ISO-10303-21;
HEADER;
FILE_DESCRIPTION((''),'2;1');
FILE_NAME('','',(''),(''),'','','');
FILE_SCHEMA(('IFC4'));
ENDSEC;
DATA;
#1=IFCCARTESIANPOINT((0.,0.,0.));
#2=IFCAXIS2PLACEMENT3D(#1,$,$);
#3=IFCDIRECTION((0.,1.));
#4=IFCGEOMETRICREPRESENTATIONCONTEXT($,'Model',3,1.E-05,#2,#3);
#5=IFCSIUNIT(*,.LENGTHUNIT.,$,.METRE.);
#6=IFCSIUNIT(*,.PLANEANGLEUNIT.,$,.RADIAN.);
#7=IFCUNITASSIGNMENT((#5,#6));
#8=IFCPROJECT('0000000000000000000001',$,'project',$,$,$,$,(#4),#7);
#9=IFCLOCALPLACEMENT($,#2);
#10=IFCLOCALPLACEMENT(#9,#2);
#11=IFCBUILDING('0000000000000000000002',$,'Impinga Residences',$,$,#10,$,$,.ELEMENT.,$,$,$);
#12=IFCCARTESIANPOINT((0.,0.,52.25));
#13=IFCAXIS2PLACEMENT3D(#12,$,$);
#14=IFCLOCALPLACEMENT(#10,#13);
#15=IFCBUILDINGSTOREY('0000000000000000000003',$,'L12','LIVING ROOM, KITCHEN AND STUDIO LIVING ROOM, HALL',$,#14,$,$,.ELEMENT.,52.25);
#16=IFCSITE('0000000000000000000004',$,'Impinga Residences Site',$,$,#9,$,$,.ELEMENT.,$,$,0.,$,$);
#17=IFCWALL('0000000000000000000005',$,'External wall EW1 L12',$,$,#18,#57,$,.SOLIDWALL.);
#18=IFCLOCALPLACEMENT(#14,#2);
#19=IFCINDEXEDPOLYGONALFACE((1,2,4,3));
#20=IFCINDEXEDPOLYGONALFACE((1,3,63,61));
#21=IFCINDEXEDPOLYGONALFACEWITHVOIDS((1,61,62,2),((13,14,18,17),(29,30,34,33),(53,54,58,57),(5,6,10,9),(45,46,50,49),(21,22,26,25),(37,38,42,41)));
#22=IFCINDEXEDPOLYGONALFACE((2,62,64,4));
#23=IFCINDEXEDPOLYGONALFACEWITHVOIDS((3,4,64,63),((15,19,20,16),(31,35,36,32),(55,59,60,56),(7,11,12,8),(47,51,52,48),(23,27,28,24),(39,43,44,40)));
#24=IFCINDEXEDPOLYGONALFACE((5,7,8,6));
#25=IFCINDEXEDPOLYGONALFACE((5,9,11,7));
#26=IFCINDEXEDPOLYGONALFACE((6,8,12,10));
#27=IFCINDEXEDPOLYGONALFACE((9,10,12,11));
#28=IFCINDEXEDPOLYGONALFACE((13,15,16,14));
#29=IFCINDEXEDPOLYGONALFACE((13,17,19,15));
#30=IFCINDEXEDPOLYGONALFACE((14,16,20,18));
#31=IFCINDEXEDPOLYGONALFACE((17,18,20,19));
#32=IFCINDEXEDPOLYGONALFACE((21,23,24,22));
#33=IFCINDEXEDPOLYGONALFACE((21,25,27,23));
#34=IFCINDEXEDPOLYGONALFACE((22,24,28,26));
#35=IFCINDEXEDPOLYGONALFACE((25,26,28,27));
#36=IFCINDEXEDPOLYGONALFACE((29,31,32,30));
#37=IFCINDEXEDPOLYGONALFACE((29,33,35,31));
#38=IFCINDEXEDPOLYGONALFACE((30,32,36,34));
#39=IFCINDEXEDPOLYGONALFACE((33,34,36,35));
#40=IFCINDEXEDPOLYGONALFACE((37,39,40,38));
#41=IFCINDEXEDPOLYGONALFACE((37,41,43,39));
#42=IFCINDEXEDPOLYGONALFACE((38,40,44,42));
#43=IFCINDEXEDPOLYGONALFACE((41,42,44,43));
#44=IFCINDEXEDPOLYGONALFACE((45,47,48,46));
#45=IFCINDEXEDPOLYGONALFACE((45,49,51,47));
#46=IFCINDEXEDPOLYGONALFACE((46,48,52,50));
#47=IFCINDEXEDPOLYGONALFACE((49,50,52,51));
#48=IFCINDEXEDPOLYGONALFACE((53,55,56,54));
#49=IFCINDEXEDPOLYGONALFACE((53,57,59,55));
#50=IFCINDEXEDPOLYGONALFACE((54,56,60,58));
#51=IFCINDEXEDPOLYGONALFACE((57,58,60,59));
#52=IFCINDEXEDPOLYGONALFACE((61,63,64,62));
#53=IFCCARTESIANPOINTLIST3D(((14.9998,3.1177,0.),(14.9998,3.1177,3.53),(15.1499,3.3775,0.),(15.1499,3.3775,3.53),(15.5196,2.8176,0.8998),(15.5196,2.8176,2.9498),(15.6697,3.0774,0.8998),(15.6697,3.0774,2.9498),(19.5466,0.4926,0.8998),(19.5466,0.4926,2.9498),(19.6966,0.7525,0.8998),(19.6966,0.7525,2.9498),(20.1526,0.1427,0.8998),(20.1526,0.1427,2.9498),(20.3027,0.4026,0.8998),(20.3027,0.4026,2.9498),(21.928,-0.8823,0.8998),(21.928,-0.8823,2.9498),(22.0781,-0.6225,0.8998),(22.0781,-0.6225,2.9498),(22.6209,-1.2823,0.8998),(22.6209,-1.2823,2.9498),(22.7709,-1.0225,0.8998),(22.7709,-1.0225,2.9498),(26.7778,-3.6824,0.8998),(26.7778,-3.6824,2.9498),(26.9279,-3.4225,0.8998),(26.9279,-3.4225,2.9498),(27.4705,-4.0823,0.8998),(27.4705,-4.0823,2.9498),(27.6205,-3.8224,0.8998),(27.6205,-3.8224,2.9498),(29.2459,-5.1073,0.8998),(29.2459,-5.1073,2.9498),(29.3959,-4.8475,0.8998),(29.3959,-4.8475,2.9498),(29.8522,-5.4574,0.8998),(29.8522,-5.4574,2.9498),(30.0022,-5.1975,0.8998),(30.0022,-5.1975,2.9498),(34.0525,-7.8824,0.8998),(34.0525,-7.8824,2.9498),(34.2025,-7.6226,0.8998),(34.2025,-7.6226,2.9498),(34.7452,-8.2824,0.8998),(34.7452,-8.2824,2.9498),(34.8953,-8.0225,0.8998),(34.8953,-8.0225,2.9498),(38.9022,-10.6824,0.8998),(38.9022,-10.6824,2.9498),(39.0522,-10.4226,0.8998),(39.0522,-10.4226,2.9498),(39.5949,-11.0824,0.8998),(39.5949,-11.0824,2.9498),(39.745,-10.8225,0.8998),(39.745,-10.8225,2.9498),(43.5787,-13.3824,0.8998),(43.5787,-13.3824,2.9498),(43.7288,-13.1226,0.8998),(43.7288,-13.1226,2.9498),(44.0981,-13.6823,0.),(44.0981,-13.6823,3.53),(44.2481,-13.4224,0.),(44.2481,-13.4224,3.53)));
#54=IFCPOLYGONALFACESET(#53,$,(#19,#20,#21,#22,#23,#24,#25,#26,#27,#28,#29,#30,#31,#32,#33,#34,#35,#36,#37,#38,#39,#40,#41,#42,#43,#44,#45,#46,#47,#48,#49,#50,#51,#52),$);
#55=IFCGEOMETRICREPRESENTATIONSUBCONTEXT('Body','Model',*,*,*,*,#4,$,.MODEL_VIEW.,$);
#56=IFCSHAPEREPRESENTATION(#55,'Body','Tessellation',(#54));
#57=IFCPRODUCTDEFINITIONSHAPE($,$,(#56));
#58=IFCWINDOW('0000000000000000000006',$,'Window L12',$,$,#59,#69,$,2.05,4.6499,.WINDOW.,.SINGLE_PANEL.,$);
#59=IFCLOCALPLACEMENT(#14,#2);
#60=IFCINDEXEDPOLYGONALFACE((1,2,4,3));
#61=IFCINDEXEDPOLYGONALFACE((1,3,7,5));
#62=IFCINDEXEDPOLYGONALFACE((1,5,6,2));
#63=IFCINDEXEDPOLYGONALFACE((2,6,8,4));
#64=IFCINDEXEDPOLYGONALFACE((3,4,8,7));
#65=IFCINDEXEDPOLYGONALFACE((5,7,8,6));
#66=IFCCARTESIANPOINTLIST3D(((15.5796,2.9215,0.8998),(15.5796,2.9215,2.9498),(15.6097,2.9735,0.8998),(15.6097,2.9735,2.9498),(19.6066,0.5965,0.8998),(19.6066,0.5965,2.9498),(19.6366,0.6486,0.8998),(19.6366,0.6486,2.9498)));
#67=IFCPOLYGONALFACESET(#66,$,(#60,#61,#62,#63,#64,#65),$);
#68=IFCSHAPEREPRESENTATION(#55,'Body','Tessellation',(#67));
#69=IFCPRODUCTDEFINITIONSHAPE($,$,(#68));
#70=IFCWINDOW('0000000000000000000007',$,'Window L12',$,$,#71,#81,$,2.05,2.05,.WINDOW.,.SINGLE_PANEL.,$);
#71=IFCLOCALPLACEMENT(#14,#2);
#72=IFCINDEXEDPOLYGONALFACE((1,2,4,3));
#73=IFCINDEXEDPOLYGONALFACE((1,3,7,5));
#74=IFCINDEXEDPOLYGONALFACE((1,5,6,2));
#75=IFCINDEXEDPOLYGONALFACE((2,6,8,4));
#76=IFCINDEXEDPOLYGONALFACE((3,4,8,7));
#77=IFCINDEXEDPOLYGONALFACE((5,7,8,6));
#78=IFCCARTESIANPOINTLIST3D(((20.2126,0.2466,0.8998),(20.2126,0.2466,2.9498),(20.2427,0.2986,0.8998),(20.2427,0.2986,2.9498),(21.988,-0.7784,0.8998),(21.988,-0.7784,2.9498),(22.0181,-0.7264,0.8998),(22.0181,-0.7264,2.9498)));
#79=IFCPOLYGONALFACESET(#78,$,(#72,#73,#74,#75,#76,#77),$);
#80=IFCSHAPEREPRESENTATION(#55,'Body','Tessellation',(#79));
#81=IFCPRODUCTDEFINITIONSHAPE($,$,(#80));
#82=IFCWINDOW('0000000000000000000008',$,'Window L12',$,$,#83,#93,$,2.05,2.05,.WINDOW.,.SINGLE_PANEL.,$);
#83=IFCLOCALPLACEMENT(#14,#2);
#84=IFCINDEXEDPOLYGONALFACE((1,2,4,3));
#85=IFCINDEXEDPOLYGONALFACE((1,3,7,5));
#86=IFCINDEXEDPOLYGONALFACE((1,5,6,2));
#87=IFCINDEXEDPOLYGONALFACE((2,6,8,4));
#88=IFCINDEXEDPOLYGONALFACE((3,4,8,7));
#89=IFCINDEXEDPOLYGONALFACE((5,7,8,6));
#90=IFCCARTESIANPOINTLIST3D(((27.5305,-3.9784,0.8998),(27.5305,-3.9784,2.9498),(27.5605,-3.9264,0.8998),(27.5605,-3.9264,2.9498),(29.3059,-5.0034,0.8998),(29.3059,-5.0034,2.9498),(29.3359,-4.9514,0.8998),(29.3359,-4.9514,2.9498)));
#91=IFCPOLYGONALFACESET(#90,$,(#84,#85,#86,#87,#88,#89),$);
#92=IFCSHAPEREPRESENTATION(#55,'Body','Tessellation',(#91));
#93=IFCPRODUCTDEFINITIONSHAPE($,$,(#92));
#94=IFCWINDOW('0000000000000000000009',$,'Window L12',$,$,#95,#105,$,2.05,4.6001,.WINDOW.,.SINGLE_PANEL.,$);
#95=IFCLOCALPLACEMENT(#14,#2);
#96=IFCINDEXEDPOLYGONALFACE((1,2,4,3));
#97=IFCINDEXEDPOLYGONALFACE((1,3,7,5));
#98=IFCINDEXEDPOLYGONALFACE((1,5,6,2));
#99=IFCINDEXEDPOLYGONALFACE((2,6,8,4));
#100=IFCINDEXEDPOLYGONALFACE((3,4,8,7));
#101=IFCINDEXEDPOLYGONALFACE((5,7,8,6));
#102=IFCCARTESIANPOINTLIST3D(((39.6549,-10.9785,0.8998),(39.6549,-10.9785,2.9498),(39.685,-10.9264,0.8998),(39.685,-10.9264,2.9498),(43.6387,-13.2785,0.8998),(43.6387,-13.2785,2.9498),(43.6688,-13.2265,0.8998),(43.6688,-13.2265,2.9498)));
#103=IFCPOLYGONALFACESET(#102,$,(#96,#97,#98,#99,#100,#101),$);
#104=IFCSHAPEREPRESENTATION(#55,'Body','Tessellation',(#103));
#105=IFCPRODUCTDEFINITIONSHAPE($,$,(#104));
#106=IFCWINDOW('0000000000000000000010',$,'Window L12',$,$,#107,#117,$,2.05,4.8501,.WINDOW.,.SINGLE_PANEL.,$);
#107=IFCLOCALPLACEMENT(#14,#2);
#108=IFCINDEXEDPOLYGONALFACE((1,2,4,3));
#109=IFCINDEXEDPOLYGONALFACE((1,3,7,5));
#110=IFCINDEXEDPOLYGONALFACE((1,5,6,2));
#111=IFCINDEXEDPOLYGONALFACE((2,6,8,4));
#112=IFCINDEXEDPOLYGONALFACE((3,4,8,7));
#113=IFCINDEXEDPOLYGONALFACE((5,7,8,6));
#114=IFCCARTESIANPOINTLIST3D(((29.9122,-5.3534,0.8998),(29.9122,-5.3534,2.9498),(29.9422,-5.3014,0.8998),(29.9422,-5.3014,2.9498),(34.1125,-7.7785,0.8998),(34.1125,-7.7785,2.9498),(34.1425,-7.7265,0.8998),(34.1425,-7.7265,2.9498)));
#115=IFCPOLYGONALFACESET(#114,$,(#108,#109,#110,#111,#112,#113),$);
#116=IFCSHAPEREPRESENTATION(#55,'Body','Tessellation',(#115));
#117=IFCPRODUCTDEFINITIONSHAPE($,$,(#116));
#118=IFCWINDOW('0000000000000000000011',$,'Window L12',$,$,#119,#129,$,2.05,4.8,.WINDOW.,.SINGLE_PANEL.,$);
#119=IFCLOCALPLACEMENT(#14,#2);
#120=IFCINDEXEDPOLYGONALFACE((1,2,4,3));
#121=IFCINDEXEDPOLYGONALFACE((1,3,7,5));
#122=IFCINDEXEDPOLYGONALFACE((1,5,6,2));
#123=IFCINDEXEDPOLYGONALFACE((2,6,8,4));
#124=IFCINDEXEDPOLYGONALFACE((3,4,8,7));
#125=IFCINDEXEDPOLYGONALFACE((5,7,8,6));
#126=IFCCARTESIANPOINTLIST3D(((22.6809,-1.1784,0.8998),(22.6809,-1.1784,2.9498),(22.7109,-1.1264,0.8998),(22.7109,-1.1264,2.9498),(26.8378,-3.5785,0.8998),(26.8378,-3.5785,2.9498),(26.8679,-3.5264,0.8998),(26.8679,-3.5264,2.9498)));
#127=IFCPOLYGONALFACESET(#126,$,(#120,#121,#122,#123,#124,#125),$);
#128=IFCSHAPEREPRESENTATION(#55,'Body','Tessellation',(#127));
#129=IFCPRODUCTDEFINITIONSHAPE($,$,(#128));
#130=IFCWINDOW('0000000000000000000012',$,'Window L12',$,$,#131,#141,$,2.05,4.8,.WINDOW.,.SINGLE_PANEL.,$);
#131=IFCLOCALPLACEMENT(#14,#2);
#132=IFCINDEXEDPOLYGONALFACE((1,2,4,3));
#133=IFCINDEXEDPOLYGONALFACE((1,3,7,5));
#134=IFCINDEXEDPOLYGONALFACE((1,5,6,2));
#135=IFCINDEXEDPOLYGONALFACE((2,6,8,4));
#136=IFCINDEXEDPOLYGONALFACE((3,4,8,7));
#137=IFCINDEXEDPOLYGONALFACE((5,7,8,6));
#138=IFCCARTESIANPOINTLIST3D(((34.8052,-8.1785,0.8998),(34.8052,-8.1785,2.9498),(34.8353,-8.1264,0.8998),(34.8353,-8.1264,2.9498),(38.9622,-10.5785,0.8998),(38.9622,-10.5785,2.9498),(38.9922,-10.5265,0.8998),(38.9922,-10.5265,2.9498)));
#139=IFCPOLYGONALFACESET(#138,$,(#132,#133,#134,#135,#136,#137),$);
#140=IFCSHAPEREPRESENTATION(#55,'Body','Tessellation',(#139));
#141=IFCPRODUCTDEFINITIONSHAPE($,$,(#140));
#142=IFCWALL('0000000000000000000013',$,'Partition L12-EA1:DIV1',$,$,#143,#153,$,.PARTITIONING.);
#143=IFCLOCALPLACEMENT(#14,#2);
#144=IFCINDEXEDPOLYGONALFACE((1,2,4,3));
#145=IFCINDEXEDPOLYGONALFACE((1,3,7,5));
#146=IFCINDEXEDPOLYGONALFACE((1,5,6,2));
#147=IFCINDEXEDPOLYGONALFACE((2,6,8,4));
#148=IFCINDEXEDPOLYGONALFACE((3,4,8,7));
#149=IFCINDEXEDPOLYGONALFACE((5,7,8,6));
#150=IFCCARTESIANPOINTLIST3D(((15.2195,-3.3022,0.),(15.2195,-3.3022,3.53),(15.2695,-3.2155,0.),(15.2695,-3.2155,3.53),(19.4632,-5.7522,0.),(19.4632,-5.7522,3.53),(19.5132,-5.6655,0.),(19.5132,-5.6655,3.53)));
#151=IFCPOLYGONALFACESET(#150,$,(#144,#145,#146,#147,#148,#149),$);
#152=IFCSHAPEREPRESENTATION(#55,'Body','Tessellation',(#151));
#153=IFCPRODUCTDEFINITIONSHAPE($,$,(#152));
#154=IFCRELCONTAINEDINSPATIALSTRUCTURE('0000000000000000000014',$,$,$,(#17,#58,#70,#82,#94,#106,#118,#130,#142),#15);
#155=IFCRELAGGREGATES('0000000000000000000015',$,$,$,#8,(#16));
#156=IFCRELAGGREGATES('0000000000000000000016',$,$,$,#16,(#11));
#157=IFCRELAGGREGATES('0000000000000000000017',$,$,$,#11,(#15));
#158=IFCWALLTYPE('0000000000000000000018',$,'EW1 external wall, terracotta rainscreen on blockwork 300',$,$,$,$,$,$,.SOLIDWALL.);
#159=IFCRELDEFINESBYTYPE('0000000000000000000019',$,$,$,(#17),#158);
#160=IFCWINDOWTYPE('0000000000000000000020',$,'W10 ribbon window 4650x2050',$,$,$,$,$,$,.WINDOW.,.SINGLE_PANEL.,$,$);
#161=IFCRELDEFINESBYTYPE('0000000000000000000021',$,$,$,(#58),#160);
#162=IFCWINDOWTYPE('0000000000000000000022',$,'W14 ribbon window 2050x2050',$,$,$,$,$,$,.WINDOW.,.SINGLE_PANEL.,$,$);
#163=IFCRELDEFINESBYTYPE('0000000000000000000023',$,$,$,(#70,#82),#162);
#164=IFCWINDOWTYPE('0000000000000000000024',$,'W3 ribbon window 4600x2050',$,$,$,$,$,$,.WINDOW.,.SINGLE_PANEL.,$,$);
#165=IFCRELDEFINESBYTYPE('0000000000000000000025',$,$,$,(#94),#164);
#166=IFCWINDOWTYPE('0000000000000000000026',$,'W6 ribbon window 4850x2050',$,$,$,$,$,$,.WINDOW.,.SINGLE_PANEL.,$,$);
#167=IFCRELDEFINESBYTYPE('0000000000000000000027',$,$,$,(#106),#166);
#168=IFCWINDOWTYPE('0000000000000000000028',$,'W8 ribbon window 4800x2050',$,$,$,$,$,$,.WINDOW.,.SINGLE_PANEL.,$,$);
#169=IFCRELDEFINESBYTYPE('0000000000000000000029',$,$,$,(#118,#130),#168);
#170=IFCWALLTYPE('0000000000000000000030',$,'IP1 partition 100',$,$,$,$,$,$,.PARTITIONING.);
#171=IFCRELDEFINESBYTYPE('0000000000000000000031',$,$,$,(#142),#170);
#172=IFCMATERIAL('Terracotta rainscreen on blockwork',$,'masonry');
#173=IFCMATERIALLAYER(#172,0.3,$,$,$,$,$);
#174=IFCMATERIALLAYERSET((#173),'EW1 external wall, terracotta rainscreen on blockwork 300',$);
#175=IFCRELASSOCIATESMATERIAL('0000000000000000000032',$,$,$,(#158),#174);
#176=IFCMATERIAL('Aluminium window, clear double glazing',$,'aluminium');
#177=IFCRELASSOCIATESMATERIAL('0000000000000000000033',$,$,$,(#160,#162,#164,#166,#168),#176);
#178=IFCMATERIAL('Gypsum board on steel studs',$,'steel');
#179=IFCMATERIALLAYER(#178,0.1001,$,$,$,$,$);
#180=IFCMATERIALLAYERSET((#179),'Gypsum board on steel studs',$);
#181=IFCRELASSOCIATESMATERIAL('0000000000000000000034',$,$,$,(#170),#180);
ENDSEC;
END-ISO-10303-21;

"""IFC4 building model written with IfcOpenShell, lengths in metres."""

from ifc_helpers import new_model, si_unit, direction, frame, frame_2d, origin, place, context, subcontext, project, spatial, rectangle, extrude, material, layer, layer_set, type_object, element, fill, save


model = new_model("IFC4")

# Units and contexts
model_context = context("Model", 3, precision=1e-05, world=origin(), true_north=direction((0.0, 1.0)))
body_context = subcontext(model_context, "Body", "Model", "MODEL_VIEW")
ifc_project = project(units=[si_unit("LENGTHUNIT", "METRE"), si_unit("PLANEANGLEUNIT", "RADIAN")], contexts=[model_context])

# Site, building, storey
site_placement = place(None, origin())
site = spatial("IfcSite", under=ifc_project, at=site_placement, Name="Impinga Residences Site", CompositionType="ELEMENT", RefElevation=0.0)
building_placement = place(site_placement, origin())
building = spatial("IfcBuilding", under=site, at=building_placement, Name="Impinga Residences", CompositionType="ELEMENT")
storey_placement = place(building_placement, frame((0.0, 0.0, 52.25)))
storey = spatial("IfcBuildingStorey", under=building, at=storey_placement, Name="L12", Description="LIVING ROOM, KITCHEN AND STUDIO LIVING ROOM, HALL", CompositionType="ELEMENT", Elevation=52.25)

# Shared definitions
ifc_material_1 = material(Name="Terracotta rainscreen on blockwork", Category="masonry")
ifc_layer_1 = layer(ifc_material_1, 0.3)
ifc_layer_set_1 = layer_set([ifc_layer_1], Name="EW1 external wall, terracotta rainscreen on blockwork 300")
wall_type_1 = type_object("IfcWallType", Name="EW1 external wall, terracotta rainscreen on blockwork 300", PredefinedType="SOLIDWALL", material=ifc_layer_set_1)

# Wall, openings, windows
wall_1_placement = place(storey_placement, frame((15.075, 3.2476, 0.0), z_axis=(0.0, 0.0, 1.0), x_axis=(0.866024, -0.500002, 0.0)))
wall_1 = element("IfcWall", 1, at=wall_1_placement, inside=storey, type_object=wall_type_1, Name="External wall EW1 L12", PredefinedType="SOLIDWALL", context=body_context, shape_type="SweptSolid", body=[
    extrude(rectangle(XDim=33.5999, YDim=0.3, at=frame_2d((16.7998, 0.0))), origin(), (0.0, 0.0, 1.0), 3.53),
])
opening_1_placement = place(wall_1_placement, frame((0.6001, 0.0, 0.8999)))
opening_1 = element("IfcOpeningElement", 2, at=opening_1_placement, cuts=wall_1, PredefinedType="OPENING", context=body_context, shape_type="SweptSolid", body=[
    extrude(rectangle(XDim=4.6499, YDim=2.05, at=frame_2d((2.325, 1.0249))), frame((0.0, 0.1599, 0.0), z_axis=(0.0, -1.0, 0.0), x_axis=(1.0, 0.0, 0.0)), (0.0, 0.0, 1.0), 0.3201),
])
opening_2_placement = place(wall_1_placement, frame((5.95, 0.0, 0.8999)))
opening_2 = element("IfcOpeningElement", 3, at=opening_2_placement, cuts=wall_1, PredefinedType="OPENING", context=body_context, shape_type="SweptSolid", body=[
    extrude(rectangle(XDim=2.05, YDim=2.05, at=frame_2d((1.0249, 1.0249))), frame((0.0, 0.1599, 0.0), z_axis=(0.0, -1.0, 0.0), x_axis=(1.0, 0.0, 0.0)), (0.0, 0.0, 1.0), 0.3201),
])
opening_3_placement = place(wall_1_placement, frame((8.8, 0.0, 0.8999)))
opening_3 = element("IfcOpeningElement", 4, at=opening_3_placement, cuts=wall_1, PredefinedType="OPENING", context=body_context, shape_type="SweptSolid", body=[
    extrude(rectangle(XDim=4.8, YDim=2.05, at=frame_2d((2.3999, 1.0249))), frame((0.0, 0.1599, 0.0), z_axis=(0.0, -1.0, 0.0), x_axis=(1.0, 0.0, 0.0)), (0.0, 0.0, 1.0), 0.3201),
])
opening_4_placement = place(wall_1_placement, frame((14.3999, 0.0, 0.8999)))
opening_4 = element("IfcOpeningElement", 5, at=opening_4_placement, cuts=wall_1, PredefinedType="OPENING", context=body_context, shape_type="SweptSolid", body=[
    extrude(rectangle(XDim=2.05, YDim=2.05, at=frame_2d((1.0249, 1.0249))), frame((0.0, 0.1599, 0.0), z_axis=(0.0, -1.0, 0.0), x_axis=(1.0, 0.0, 0.0)), (0.0, 0.0, 1.0), 0.3201),
])
opening_5_placement = place(wall_1_placement, frame((17.1499, 0.0, 0.8999)))
opening_5 = element("IfcOpeningElement", 6, at=opening_5_placement, cuts=wall_1, PredefinedType="OPENING", context=body_context, shape_type="SweptSolid", body=[
    extrude(rectangle(XDim=4.8501, YDim=2.05, at=frame_2d((2.425, 1.0249))), frame((0.0, 0.1599, 0.0), z_axis=(0.0, -1.0, 0.0), x_axis=(1.0, 0.0, 0.0)), (0.0, 0.0, 1.0), 0.3201),
])
opening_6_placement = place(wall_1_placement, frame((22.8, 0.0, 0.8999)))
opening_6 = element("IfcOpeningElement", 7, at=opening_6_placement, cuts=wall_1, PredefinedType="OPENING", context=body_context, shape_type="SweptSolid", body=[
    extrude(rectangle(XDim=4.8, YDim=2.05, at=frame_2d((2.3999, 1.0249))), frame((0.0, 0.1599, 0.0), z_axis=(0.0, -1.0, 0.0), x_axis=(1.0, 0.0, 0.0)), (0.0, 0.0, 1.0), 0.3201),
])
opening_7_placement = place(wall_1_placement, frame((28.3999, 0.0, 0.8999)))
opening_7 = element("IfcOpeningElement", 8, at=opening_7_placement, cuts=wall_1, PredefinedType="OPENING", context=body_context, shape_type="SweptSolid", body=[
    extrude(rectangle(XDim=4.6001, YDim=2.05, at=frame_2d((2.3, 1.0249))), frame((0.0, 0.1599, 0.0), z_axis=(0.0, -1.0, 0.0), x_axis=(1.0, 0.0, 0.0)), (0.0, 0.0, 1.0), 0.3201),
])
ifc_material_2 = material(Name="Aluminium window, clear double glazing", Category="aluminium")
window_type_1 = type_object("IfcWindowType", Name="W10 ribbon window 4650x2050", PartitioningType="SINGLE_PANEL", PredefinedType="WINDOW", material=ifc_material_2)
window_1_placement = place(opening_1_placement, origin())
window_1 = element("IfcWindow", 9, at=window_1_placement, inside=storey, type_object=window_type_1, Name="Window L12", OverallHeight=2.05, OverallWidth=4.6499, PartitioningType="SINGLE_PANEL", PredefinedType="WINDOW", context=body_context, shape_type="SweptSolid", body=[
    extrude(rectangle(XDim=4.6499, YDim=2.05, at=frame_2d((2.325, 1.0249))), frame((0.0, 0.03, 0.0), z_axis=(0.0, -1.0, 0.0), x_axis=(1.0, 0.0, 0.0)), (0.0, 0.0, 1.0), 0.0601),
])
fill(opening_1, window_1)
window_type_2 = type_object("IfcWindowType", Name="W14 ribbon window 2050x2050", PartitioningType="SINGLE_PANEL", PredefinedType="WINDOW", material=ifc_material_2)
window_2_placement = place(opening_2_placement, origin())
window_2 = element("IfcWindow", 10, at=window_2_placement, inside=storey, type_object=window_type_2, Name="Window L12", OverallHeight=2.05, OverallWidth=2.05, PartitioningType="SINGLE_PANEL", PredefinedType="WINDOW", context=body_context, shape_type="SweptSolid", body=[
    extrude(rectangle(XDim=2.05, YDim=2.05, at=frame_2d((1.0249, 1.0249))), frame((0.0, 0.03, 0.0), z_axis=(0.0, -1.0, 0.0), x_axis=(1.0, 0.0, 0.0)), (0.0, 0.0, 1.0), 0.0601),
])
fill(opening_2, window_2)
window_3_placement = place(opening_4_placement, origin())
window_3 = element("IfcWindow", 11, at=window_3_placement, inside=storey, type_object=window_type_2, Name="Window L12", OverallHeight=2.05, OverallWidth=2.05, PartitioningType="SINGLE_PANEL", PredefinedType="WINDOW", context=body_context, shape_type="SweptSolid", body=[
    extrude(rectangle(XDim=2.05, YDim=2.05, at=frame_2d((1.0249, 1.0249))), frame((0.0, 0.03, 0.0), z_axis=(0.0, -1.0, 0.0), x_axis=(1.0, 0.0, 0.0)), (0.0, 0.0, 1.0), 0.0601),
])
fill(opening_4, window_3)
window_type_3 = type_object("IfcWindowType", Name="W3 ribbon window 4600x2050", PartitioningType="SINGLE_PANEL", PredefinedType="WINDOW", material=ifc_material_2)
window_4_placement = place(opening_7_placement, origin())
window_4 = element("IfcWindow", 12, at=window_4_placement, inside=storey, type_object=window_type_3, Name="Window L12", OverallHeight=2.05, OverallWidth=4.6001, PartitioningType="SINGLE_PANEL", PredefinedType="WINDOW", context=body_context, shape_type="SweptSolid", body=[
    extrude(rectangle(XDim=4.6001, YDim=2.05, at=frame_2d((2.3, 1.0249))), frame((0.0, 0.03, 0.0), z_axis=(0.0, -1.0, 0.0), x_axis=(1.0, 0.0, 0.0)), (0.0, 0.0, 1.0), 0.0601),
])
fill(opening_7, window_4)
window_type_4 = type_object("IfcWindowType", Name="W6 ribbon window 4850x2050", PartitioningType="SINGLE_PANEL", PredefinedType="WINDOW", material=ifc_material_2)
window_5_placement = place(opening_5_placement, origin())
window_5 = element("IfcWindow", 13, at=window_5_placement, inside=storey, type_object=window_type_4, Name="Window L12", OverallHeight=2.05, OverallWidth=4.8501, PartitioningType="SINGLE_PANEL", PredefinedType="WINDOW", context=body_context, shape_type="SweptSolid", body=[
    extrude(rectangle(XDim=4.8501, YDim=2.05, at=frame_2d((2.425, 1.0249))), frame((0.0, 0.03, 0.0), z_axis=(0.0, -1.0, 0.0), x_axis=(1.0, 0.0, 0.0)), (0.0, 0.0, 1.0), 0.0601),
])
fill(opening_5, window_5)
window_type_5 = type_object("IfcWindowType", Name="W8 ribbon window 4800x2050", PartitioningType="SINGLE_PANEL", PredefinedType="WINDOW", material=ifc_material_2)
window_6_placement = place(opening_3_placement, origin())
window_6 = element("IfcWindow", 14, at=window_6_placement, inside=storey, type_object=window_type_5, Name="Window L12", OverallHeight=2.05, OverallWidth=4.8, PartitioningType="SINGLE_PANEL", PredefinedType="WINDOW", context=body_context, shape_type="SweptSolid", body=[
    extrude(rectangle(XDim=4.8, YDim=2.05, at=frame_2d((2.3999, 1.0249))), frame((0.0, 0.03, 0.0), z_axis=(0.0, -1.0, 0.0), x_axis=(1.0, 0.0, 0.0)), (0.0, 0.0, 1.0), 0.0601),
])
fill(opening_3, window_6)
window_7_placement = place(opening_6_placement, origin())
window_7 = element("IfcWindow", 15, at=window_7_placement, inside=storey, type_object=window_type_5, Name="Window L12", OverallHeight=2.05, OverallWidth=4.8, PartitioningType="SINGLE_PANEL", PredefinedType="WINDOW", context=body_context, shape_type="SweptSolid", body=[
    extrude(rectangle(XDim=4.8, YDim=2.05, at=frame_2d((2.3999, 1.0249))), frame((0.0, 0.03, 0.0), z_axis=(0.0, -1.0, 0.0), x_axis=(1.0, 0.0, 0.0)), (0.0, 0.0, 1.0), 0.0601),
])
fill(opening_6, window_7)

# Wall
ifc_material_3 = material(Name="Gypsum board on steel studs", Category="steel")
ifc_layer_2 = layer(ifc_material_3, 0.1001)
ifc_layer_set_2 = layer_set([ifc_layer_2], Name="Gypsum board on steel studs")
wall_type_2 = type_object("IfcWallType", Name="IP1 partition 100", PredefinedType="PARTITIONING", material=ifc_layer_set_2)
wall_2_placement = place(storey_placement, frame((15.2444, -3.2588, 0.0), z_axis=(0.0, 0.0, 1.0), x_axis=(0.866036, -0.499981, 0.0)))
element("IfcWall", 16, at=wall_2_placement, inside=storey, type_object=wall_type_2, Name="Partition L12-EA1:DIV1", PredefinedType="PARTITIONING", context=body_context, shape_type="SweptSolid", body=[
    extrude(rectangle(XDim=4.9001, YDim=0.1001, at=frame_2d((2.4502, 0.0))), origin(), (0.0, 0.0, 1.0), 3.53),
])

save(model, "model.ifc")
